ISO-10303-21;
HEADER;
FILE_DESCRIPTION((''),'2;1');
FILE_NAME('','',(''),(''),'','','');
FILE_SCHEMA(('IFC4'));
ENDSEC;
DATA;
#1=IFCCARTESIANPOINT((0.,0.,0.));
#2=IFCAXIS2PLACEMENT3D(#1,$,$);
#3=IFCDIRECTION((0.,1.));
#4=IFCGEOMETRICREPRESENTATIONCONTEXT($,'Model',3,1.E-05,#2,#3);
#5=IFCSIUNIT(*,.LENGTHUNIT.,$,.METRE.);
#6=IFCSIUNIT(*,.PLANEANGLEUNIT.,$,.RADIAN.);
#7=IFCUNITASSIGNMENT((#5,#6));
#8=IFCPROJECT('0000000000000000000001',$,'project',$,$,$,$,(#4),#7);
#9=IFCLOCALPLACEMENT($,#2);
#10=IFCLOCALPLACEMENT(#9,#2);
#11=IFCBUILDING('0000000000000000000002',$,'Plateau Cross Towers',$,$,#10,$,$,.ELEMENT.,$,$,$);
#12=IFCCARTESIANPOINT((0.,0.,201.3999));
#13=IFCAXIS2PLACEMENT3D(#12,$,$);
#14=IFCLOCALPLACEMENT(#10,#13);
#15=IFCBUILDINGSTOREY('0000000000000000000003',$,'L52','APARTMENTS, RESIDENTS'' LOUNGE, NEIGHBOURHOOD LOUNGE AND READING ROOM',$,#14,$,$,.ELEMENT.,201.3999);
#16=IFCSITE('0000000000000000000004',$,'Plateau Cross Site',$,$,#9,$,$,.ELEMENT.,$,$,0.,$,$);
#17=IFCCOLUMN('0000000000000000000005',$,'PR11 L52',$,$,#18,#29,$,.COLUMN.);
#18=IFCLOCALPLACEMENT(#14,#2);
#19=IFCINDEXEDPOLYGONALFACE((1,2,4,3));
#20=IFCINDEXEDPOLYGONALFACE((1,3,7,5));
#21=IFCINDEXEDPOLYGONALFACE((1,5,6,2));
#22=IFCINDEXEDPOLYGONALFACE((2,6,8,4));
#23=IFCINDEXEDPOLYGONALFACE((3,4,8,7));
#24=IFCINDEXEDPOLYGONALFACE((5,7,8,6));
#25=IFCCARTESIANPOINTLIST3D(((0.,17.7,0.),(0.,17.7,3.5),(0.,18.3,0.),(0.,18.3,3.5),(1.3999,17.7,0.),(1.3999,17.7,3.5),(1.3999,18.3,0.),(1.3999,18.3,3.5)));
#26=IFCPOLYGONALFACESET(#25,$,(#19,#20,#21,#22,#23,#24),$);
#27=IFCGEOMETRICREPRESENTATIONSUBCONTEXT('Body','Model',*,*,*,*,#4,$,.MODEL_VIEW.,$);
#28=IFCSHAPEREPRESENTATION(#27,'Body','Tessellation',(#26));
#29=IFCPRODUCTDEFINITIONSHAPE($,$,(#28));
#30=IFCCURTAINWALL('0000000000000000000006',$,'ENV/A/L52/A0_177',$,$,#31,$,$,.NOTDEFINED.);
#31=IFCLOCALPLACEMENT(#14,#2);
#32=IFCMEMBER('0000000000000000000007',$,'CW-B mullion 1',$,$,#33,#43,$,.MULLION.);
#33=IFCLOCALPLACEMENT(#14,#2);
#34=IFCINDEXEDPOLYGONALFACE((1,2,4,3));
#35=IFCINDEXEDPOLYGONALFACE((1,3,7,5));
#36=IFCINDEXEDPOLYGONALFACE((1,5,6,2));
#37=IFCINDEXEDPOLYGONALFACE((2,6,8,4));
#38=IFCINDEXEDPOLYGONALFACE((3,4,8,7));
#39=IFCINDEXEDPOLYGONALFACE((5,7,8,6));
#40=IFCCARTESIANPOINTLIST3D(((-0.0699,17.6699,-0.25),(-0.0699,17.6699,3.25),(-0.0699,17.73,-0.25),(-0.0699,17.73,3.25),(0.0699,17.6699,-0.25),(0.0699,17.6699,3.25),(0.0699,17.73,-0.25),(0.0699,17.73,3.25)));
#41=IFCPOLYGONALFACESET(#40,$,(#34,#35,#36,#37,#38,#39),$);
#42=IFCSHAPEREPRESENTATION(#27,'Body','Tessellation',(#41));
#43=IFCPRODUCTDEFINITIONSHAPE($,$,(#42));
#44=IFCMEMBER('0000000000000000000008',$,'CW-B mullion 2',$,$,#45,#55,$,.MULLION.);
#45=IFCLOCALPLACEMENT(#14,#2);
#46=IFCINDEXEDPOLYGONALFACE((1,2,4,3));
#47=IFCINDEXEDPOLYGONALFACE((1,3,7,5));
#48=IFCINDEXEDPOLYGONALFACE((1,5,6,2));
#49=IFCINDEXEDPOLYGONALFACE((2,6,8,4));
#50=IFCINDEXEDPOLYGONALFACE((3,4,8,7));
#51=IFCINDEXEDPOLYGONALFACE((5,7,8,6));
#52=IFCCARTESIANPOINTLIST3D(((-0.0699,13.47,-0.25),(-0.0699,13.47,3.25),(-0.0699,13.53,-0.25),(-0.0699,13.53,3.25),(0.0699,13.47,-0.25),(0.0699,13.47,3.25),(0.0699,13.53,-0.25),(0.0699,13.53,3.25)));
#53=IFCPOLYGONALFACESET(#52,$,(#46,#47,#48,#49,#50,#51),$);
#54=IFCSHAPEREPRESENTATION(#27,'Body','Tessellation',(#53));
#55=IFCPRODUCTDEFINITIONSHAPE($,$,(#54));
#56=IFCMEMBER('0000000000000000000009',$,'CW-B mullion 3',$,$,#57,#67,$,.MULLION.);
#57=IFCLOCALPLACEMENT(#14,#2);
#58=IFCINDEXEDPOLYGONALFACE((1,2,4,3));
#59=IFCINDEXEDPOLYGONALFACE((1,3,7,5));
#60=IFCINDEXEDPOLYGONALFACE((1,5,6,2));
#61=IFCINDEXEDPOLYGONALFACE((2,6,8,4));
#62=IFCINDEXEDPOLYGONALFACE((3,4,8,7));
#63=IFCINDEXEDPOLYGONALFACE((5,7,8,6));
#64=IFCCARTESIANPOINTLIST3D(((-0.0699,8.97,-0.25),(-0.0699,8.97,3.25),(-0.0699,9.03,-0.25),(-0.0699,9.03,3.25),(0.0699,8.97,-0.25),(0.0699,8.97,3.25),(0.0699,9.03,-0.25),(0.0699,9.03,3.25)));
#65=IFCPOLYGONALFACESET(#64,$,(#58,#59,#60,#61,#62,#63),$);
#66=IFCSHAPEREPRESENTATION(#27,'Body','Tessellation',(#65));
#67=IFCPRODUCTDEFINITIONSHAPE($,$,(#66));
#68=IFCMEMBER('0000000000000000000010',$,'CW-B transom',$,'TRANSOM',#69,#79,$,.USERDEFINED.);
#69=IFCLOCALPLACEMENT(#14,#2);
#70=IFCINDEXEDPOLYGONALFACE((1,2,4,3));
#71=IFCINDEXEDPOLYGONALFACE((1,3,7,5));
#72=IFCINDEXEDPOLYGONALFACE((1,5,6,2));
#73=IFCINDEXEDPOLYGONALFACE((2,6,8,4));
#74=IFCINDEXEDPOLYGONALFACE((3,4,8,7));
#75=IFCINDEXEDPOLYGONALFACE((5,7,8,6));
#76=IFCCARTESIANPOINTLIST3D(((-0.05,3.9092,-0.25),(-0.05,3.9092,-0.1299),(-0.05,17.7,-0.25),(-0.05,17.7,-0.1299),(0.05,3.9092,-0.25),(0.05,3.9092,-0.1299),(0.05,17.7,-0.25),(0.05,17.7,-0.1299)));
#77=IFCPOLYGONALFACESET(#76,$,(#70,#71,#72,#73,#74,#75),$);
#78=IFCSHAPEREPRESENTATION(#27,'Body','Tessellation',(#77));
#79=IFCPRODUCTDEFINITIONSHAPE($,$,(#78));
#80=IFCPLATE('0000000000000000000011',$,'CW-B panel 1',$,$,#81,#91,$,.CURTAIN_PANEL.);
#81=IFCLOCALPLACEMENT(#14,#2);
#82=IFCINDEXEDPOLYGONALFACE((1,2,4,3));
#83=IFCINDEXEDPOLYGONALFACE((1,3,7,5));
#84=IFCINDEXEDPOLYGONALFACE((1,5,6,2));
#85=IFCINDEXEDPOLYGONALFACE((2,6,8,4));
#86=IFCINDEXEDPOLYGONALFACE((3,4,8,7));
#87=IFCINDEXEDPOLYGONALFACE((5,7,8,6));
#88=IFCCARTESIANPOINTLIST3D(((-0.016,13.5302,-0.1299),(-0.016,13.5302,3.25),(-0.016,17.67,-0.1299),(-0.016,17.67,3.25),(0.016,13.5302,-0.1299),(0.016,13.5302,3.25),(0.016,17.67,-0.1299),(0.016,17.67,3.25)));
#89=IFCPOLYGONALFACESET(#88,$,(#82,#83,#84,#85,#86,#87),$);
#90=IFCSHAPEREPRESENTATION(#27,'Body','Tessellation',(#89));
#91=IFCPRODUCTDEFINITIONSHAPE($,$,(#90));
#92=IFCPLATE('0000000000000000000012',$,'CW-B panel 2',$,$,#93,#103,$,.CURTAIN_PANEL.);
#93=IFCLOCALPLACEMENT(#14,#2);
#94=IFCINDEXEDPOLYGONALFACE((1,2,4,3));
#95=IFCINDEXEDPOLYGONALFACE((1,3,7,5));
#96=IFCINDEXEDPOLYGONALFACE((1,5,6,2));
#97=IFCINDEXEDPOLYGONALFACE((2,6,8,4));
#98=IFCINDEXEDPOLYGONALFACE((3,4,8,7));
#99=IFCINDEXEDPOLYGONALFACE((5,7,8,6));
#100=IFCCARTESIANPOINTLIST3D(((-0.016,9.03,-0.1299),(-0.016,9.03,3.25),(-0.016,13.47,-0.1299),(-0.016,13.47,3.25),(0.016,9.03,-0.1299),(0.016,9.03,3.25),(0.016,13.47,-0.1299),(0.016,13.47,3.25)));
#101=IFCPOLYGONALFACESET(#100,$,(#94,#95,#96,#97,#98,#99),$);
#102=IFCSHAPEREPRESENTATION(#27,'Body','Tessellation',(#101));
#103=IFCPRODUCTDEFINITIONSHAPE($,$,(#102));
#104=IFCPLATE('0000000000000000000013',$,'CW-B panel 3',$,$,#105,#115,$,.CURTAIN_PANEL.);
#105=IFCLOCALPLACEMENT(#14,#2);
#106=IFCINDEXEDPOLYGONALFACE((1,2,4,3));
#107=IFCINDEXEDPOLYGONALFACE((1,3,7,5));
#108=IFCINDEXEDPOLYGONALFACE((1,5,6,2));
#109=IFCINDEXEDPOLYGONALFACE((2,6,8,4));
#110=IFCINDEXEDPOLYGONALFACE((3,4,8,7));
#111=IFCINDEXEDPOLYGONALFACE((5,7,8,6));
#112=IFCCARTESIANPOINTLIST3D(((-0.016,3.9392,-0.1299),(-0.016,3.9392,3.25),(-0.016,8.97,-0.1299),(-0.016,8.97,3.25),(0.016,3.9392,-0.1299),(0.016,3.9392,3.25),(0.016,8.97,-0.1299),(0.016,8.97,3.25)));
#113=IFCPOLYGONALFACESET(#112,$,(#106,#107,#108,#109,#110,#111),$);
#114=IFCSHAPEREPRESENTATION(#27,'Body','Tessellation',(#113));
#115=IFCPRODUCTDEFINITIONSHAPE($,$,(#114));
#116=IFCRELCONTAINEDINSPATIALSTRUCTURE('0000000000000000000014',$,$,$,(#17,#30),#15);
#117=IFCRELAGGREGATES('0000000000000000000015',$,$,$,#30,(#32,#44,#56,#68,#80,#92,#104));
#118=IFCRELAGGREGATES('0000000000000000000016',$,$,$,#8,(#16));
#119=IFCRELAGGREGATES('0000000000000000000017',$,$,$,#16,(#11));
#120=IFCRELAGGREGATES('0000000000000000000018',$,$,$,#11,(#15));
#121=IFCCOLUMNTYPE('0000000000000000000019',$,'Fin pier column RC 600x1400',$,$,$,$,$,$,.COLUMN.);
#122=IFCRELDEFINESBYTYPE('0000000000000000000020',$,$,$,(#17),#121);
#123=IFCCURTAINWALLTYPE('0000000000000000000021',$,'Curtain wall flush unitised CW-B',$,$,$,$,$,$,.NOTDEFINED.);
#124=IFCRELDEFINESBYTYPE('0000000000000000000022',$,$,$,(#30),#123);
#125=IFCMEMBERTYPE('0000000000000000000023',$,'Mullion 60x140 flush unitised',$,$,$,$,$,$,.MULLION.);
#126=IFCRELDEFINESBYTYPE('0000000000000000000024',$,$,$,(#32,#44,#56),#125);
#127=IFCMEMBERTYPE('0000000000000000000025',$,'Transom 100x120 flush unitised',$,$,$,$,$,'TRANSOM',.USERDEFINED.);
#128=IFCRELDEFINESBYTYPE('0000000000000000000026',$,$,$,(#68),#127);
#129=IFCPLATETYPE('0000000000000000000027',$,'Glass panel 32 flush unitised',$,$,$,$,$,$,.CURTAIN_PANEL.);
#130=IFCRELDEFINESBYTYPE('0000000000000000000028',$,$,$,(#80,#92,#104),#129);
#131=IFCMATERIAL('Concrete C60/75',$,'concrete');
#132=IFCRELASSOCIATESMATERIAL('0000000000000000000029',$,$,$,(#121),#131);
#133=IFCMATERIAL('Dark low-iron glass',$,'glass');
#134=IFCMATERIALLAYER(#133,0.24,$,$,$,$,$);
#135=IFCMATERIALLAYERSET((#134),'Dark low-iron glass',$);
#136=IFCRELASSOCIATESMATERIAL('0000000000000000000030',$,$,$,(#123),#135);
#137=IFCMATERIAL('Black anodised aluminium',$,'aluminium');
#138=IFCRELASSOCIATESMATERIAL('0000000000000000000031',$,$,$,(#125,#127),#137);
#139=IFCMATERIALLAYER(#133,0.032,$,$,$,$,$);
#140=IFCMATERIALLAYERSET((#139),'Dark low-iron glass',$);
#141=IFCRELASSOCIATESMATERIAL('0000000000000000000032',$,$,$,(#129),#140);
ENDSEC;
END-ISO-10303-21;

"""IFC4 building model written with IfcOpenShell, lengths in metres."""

from ifc_helpers import new_model, si_unit, direction, frame, origin, origin_2d, place, context, subcontext, project, spatial, rectangle, extrude, material, layer, layer_set, material_profile, profile_set, type_object, element, aggregate, save


model = new_model("IFC4")

# Units and contexts
model_context = context("Model", 3, precision=1e-05, world=origin(), true_north=direction((0.0, 1.0)))
body_context = subcontext(model_context, "Body", "Model", "MODEL_VIEW")
ifc_project = project(units=[si_unit("LENGTHUNIT", "METRE"), si_unit("PLANEANGLEUNIT", "RADIAN")], contexts=[model_context])

# Site, building, storey
site_placement = place(None, origin())
site = spatial("IfcSite", under=ifc_project, at=site_placement, Name="Plateau Cross Site", CompositionType="ELEMENT", RefElevation=0.0)
building_placement = place(site_placement, origin())
building = spatial("IfcBuilding", under=site, at=building_placement, Name="Plateau Cross Towers", CompositionType="ELEMENT")
storey_placement = place(building_placement, frame((0.0, 0.0, 201.3999)))
storey = spatial("IfcBuildingStorey", under=building, at=storey_placement, Name="L52", Description="APARTMENTS, RESIDENTS' LOUNGE, NEIGHBOURHOOD LOUNGE AND READING ROOM", CompositionType="ELEMENT", Elevation=201.3999)

# Column
ifc_material_1 = material(Name="Concrete C60/75", Category="concrete")
ifc_material_profile_1 = material_profile(ifc_material_1, rectangle(XDim=0.6001, YDim=1.3999, at=origin_2d()), Name="RC 600x1400")
ifc_profile_set_1 = profile_set([ifc_material_profile_1], Name="Concrete C60/75")
column_type = type_object("IfcColumnType", Name="Fin pier column RC 600x1400", PredefinedType="COLUMN", material=ifc_profile_set_1)
column_placement = place(storey_placement, frame((0.7, 18.0, 0.0), z_axis=(0.0, 0.0, 1.0), x_axis=(0.0, 1.0, 0.0)))
element("IfcColumn", 1, at=column_placement, inside=storey, type_object=column_type, Name="PR11 L52", PredefinedType="COLUMN", context=body_context, shape_type="SweptSolid", body=[
    extrude(rectangle(XDim=0.6001, YDim=1.3999, at=origin_2d()), origin(), (0.0, 0.0, 1.0), 3.5),
])

# Curtain wall, members, plates
ifc_material_2 = material(Name="Dark low-iron glass", Category="glass")
ifc_layer_1 = layer(ifc_material_2, 0.24)
ifc_layer_set_1 = layer_set([ifc_layer_1], Name="Dark low-iron glass")
curtain_wall_type = type_object("IfcCurtainWallType", Name="Curtain wall flush unitised CW-B", PredefinedType="NOTDEFINED", material=ifc_layer_set_1)
curtain_wall_placement = place(storey_placement, origin())
curtain_wall = element("IfcCurtainWall", 2, at=curtain_wall_placement, inside=storey, type_object=curtain_wall_type, Name="ENV/A/L52/A0_177", PredefinedType="NOTDEFINED")
ifc_material_3 = material(Name="Black anodised aluminium", Category="aluminium")
ifc_material_profile_2 = material_profile(ifc_material_3, rectangle(XDim=0.0601, YDim=0.1399, at=origin_2d()), Name="MULLION 60x140")
ifc_profile_set_2 = profile_set([ifc_material_profile_2], Name="Black anodised aluminium")
member_type_1 = type_object("IfcMemberType", Name="Mullion 60x140 flush unitised", PredefinedType="MULLION", material=ifc_profile_set_2)
member_1_placement = place(storey_placement, frame((0.0, 17.7, -0.25), z_axis=(0.0, 0.0, 1.0), x_axis=(0.0, -1.0, 0.0)))
member_1 = element("IfcMember", 3, at=member_1_placement, type_object=member_type_1, Name="CW-B mullion 1", PredefinedType="MULLION", context=body_context, shape_type="SweptSolid", body=[
    extrude(rectangle(XDim=0.0601, YDim=0.1399, at=origin_2d()), origin(), (0.0, 0.0, 1.0), 3.5),
])
member_2_placement = place(storey_placement, frame((0.0, 13.5, -0.25), z_axis=(0.0, 0.0, 1.0), x_axis=(0.0, -1.0, 0.0)))
member_2 = element("IfcMember", 4, at=member_2_placement, type_object=member_type_1, Name="CW-B mullion 2", PredefinedType="MULLION", context=body_context, shape_type="SweptSolid", body=[
    extrude(rectangle(XDim=0.0601, YDim=0.1399, at=origin_2d()), origin(), (0.0, 0.0, 1.0), 3.5),
])
member_3_placement = place(storey_placement, frame((0.0, 9.0, -0.25), z_axis=(0.0, 0.0, 1.0), x_axis=(0.0, -1.0, 0.0)))
member_3 = element("IfcMember", 5, at=member_3_placement, type_object=member_type_1, Name="CW-B mullion 3", PredefinedType="MULLION", context=body_context, shape_type="SweptSolid", body=[
    extrude(rectangle(XDim=0.0601, YDim=0.1399, at=origin_2d()), origin(), (0.0, 0.0, 1.0), 3.5),
])
ifc_material_profile_3 = material_profile(ifc_material_3, rectangle(XDim=0.1001, YDim=0.1201, at=origin_2d()), Name="TRANSOM 100x120")
ifc_profile_set_3 = profile_set([ifc_material_profile_3], Name="Black anodised aluminium")
member_type_2 = type_object("IfcMemberType", Name="Transom 100x120 flush unitised", ElementType="TRANSOM", PredefinedType="USERDEFINED", material=ifc_profile_set_3)
member_4_placement = place(storey_placement, frame((0.0, 17.7, -0.1899), z_axis=(0.0, -1.0, 0.0), x_axis=(1.0, 0.0, 0.0)))
member_4 = element("IfcMember", 6, at=member_4_placement, type_object=member_type_2, Name="CW-B transom", ObjectType="TRANSOM", PredefinedType="USERDEFINED", context=body_context, shape_type="SweptSolid", body=[
    extrude(rectangle(XDim=0.1001, YDim=0.1201, at=origin_2d()), origin(), (0.0, 0.0, 1.0), 13.7908),
])
ifc_layer_2 = layer(ifc_material_2, 0.032)
ifc_layer_set_2 = layer_set([ifc_layer_2], Name="Dark low-iron glass")
plate_type = type_object("IfcPlateType", Name="Glass panel 32 flush unitised", PredefinedType="CURTAIN_PANEL", material=ifc_layer_set_2)
plate_1_placement = place(storey_placement, frame((0.0, 15.6001, -0.1299), z_axis=(0.0, 0.0, 1.0), x_axis=(0.0, -1.0, 0.0)))
plate_1 = element("IfcPlate", 7, at=plate_1_placement, type_object=plate_type, Name="CW-B panel 1", PredefinedType="CURTAIN_PANEL", context=body_context, shape_type="SweptSolid", body=[
    extrude(rectangle(XDim=4.1399, YDim=0.032, at=origin_2d()), origin(), (0.0, 0.0, 1.0), 3.3799),
])
plate_2_placement = place(storey_placement, frame((0.0, 11.25, -0.1299), z_axis=(0.0, 0.0, 1.0), x_axis=(0.0, -1.0, 0.0)))
plate_2 = element("IfcPlate", 8, at=plate_2_placement, type_object=plate_type, Name="CW-B panel 2", PredefinedType="CURTAIN_PANEL", context=body_context, shape_type="SweptSolid", body=[
    extrude(rectangle(XDim=4.4399, YDim=0.032, at=origin_2d()), origin(), (0.0, 0.0, 1.0), 3.3799),
])
plate_3_placement = place(storey_placement, frame((0.0, 6.4546, -0.1299), z_axis=(0.0, 0.0, 1.0), x_axis=(0.0, -1.0, 0.0)))
plate_3 = element("IfcPlate", 9, at=plate_3_placement, type_object=plate_type, Name="CW-B panel 3", PredefinedType="CURTAIN_PANEL", context=body_context, shape_type="SweptSolid", body=[
    extrude(rectangle(XDim=5.0308, YDim=0.032, at=origin_2d()), origin(), (0.0, 0.0, 1.0), 3.3799),
])
aggregate(curtain_wall, [member_1, member_2, member_3, member_4, plate_1, plate_2, plate_3])

save(model, "model.ifc")
